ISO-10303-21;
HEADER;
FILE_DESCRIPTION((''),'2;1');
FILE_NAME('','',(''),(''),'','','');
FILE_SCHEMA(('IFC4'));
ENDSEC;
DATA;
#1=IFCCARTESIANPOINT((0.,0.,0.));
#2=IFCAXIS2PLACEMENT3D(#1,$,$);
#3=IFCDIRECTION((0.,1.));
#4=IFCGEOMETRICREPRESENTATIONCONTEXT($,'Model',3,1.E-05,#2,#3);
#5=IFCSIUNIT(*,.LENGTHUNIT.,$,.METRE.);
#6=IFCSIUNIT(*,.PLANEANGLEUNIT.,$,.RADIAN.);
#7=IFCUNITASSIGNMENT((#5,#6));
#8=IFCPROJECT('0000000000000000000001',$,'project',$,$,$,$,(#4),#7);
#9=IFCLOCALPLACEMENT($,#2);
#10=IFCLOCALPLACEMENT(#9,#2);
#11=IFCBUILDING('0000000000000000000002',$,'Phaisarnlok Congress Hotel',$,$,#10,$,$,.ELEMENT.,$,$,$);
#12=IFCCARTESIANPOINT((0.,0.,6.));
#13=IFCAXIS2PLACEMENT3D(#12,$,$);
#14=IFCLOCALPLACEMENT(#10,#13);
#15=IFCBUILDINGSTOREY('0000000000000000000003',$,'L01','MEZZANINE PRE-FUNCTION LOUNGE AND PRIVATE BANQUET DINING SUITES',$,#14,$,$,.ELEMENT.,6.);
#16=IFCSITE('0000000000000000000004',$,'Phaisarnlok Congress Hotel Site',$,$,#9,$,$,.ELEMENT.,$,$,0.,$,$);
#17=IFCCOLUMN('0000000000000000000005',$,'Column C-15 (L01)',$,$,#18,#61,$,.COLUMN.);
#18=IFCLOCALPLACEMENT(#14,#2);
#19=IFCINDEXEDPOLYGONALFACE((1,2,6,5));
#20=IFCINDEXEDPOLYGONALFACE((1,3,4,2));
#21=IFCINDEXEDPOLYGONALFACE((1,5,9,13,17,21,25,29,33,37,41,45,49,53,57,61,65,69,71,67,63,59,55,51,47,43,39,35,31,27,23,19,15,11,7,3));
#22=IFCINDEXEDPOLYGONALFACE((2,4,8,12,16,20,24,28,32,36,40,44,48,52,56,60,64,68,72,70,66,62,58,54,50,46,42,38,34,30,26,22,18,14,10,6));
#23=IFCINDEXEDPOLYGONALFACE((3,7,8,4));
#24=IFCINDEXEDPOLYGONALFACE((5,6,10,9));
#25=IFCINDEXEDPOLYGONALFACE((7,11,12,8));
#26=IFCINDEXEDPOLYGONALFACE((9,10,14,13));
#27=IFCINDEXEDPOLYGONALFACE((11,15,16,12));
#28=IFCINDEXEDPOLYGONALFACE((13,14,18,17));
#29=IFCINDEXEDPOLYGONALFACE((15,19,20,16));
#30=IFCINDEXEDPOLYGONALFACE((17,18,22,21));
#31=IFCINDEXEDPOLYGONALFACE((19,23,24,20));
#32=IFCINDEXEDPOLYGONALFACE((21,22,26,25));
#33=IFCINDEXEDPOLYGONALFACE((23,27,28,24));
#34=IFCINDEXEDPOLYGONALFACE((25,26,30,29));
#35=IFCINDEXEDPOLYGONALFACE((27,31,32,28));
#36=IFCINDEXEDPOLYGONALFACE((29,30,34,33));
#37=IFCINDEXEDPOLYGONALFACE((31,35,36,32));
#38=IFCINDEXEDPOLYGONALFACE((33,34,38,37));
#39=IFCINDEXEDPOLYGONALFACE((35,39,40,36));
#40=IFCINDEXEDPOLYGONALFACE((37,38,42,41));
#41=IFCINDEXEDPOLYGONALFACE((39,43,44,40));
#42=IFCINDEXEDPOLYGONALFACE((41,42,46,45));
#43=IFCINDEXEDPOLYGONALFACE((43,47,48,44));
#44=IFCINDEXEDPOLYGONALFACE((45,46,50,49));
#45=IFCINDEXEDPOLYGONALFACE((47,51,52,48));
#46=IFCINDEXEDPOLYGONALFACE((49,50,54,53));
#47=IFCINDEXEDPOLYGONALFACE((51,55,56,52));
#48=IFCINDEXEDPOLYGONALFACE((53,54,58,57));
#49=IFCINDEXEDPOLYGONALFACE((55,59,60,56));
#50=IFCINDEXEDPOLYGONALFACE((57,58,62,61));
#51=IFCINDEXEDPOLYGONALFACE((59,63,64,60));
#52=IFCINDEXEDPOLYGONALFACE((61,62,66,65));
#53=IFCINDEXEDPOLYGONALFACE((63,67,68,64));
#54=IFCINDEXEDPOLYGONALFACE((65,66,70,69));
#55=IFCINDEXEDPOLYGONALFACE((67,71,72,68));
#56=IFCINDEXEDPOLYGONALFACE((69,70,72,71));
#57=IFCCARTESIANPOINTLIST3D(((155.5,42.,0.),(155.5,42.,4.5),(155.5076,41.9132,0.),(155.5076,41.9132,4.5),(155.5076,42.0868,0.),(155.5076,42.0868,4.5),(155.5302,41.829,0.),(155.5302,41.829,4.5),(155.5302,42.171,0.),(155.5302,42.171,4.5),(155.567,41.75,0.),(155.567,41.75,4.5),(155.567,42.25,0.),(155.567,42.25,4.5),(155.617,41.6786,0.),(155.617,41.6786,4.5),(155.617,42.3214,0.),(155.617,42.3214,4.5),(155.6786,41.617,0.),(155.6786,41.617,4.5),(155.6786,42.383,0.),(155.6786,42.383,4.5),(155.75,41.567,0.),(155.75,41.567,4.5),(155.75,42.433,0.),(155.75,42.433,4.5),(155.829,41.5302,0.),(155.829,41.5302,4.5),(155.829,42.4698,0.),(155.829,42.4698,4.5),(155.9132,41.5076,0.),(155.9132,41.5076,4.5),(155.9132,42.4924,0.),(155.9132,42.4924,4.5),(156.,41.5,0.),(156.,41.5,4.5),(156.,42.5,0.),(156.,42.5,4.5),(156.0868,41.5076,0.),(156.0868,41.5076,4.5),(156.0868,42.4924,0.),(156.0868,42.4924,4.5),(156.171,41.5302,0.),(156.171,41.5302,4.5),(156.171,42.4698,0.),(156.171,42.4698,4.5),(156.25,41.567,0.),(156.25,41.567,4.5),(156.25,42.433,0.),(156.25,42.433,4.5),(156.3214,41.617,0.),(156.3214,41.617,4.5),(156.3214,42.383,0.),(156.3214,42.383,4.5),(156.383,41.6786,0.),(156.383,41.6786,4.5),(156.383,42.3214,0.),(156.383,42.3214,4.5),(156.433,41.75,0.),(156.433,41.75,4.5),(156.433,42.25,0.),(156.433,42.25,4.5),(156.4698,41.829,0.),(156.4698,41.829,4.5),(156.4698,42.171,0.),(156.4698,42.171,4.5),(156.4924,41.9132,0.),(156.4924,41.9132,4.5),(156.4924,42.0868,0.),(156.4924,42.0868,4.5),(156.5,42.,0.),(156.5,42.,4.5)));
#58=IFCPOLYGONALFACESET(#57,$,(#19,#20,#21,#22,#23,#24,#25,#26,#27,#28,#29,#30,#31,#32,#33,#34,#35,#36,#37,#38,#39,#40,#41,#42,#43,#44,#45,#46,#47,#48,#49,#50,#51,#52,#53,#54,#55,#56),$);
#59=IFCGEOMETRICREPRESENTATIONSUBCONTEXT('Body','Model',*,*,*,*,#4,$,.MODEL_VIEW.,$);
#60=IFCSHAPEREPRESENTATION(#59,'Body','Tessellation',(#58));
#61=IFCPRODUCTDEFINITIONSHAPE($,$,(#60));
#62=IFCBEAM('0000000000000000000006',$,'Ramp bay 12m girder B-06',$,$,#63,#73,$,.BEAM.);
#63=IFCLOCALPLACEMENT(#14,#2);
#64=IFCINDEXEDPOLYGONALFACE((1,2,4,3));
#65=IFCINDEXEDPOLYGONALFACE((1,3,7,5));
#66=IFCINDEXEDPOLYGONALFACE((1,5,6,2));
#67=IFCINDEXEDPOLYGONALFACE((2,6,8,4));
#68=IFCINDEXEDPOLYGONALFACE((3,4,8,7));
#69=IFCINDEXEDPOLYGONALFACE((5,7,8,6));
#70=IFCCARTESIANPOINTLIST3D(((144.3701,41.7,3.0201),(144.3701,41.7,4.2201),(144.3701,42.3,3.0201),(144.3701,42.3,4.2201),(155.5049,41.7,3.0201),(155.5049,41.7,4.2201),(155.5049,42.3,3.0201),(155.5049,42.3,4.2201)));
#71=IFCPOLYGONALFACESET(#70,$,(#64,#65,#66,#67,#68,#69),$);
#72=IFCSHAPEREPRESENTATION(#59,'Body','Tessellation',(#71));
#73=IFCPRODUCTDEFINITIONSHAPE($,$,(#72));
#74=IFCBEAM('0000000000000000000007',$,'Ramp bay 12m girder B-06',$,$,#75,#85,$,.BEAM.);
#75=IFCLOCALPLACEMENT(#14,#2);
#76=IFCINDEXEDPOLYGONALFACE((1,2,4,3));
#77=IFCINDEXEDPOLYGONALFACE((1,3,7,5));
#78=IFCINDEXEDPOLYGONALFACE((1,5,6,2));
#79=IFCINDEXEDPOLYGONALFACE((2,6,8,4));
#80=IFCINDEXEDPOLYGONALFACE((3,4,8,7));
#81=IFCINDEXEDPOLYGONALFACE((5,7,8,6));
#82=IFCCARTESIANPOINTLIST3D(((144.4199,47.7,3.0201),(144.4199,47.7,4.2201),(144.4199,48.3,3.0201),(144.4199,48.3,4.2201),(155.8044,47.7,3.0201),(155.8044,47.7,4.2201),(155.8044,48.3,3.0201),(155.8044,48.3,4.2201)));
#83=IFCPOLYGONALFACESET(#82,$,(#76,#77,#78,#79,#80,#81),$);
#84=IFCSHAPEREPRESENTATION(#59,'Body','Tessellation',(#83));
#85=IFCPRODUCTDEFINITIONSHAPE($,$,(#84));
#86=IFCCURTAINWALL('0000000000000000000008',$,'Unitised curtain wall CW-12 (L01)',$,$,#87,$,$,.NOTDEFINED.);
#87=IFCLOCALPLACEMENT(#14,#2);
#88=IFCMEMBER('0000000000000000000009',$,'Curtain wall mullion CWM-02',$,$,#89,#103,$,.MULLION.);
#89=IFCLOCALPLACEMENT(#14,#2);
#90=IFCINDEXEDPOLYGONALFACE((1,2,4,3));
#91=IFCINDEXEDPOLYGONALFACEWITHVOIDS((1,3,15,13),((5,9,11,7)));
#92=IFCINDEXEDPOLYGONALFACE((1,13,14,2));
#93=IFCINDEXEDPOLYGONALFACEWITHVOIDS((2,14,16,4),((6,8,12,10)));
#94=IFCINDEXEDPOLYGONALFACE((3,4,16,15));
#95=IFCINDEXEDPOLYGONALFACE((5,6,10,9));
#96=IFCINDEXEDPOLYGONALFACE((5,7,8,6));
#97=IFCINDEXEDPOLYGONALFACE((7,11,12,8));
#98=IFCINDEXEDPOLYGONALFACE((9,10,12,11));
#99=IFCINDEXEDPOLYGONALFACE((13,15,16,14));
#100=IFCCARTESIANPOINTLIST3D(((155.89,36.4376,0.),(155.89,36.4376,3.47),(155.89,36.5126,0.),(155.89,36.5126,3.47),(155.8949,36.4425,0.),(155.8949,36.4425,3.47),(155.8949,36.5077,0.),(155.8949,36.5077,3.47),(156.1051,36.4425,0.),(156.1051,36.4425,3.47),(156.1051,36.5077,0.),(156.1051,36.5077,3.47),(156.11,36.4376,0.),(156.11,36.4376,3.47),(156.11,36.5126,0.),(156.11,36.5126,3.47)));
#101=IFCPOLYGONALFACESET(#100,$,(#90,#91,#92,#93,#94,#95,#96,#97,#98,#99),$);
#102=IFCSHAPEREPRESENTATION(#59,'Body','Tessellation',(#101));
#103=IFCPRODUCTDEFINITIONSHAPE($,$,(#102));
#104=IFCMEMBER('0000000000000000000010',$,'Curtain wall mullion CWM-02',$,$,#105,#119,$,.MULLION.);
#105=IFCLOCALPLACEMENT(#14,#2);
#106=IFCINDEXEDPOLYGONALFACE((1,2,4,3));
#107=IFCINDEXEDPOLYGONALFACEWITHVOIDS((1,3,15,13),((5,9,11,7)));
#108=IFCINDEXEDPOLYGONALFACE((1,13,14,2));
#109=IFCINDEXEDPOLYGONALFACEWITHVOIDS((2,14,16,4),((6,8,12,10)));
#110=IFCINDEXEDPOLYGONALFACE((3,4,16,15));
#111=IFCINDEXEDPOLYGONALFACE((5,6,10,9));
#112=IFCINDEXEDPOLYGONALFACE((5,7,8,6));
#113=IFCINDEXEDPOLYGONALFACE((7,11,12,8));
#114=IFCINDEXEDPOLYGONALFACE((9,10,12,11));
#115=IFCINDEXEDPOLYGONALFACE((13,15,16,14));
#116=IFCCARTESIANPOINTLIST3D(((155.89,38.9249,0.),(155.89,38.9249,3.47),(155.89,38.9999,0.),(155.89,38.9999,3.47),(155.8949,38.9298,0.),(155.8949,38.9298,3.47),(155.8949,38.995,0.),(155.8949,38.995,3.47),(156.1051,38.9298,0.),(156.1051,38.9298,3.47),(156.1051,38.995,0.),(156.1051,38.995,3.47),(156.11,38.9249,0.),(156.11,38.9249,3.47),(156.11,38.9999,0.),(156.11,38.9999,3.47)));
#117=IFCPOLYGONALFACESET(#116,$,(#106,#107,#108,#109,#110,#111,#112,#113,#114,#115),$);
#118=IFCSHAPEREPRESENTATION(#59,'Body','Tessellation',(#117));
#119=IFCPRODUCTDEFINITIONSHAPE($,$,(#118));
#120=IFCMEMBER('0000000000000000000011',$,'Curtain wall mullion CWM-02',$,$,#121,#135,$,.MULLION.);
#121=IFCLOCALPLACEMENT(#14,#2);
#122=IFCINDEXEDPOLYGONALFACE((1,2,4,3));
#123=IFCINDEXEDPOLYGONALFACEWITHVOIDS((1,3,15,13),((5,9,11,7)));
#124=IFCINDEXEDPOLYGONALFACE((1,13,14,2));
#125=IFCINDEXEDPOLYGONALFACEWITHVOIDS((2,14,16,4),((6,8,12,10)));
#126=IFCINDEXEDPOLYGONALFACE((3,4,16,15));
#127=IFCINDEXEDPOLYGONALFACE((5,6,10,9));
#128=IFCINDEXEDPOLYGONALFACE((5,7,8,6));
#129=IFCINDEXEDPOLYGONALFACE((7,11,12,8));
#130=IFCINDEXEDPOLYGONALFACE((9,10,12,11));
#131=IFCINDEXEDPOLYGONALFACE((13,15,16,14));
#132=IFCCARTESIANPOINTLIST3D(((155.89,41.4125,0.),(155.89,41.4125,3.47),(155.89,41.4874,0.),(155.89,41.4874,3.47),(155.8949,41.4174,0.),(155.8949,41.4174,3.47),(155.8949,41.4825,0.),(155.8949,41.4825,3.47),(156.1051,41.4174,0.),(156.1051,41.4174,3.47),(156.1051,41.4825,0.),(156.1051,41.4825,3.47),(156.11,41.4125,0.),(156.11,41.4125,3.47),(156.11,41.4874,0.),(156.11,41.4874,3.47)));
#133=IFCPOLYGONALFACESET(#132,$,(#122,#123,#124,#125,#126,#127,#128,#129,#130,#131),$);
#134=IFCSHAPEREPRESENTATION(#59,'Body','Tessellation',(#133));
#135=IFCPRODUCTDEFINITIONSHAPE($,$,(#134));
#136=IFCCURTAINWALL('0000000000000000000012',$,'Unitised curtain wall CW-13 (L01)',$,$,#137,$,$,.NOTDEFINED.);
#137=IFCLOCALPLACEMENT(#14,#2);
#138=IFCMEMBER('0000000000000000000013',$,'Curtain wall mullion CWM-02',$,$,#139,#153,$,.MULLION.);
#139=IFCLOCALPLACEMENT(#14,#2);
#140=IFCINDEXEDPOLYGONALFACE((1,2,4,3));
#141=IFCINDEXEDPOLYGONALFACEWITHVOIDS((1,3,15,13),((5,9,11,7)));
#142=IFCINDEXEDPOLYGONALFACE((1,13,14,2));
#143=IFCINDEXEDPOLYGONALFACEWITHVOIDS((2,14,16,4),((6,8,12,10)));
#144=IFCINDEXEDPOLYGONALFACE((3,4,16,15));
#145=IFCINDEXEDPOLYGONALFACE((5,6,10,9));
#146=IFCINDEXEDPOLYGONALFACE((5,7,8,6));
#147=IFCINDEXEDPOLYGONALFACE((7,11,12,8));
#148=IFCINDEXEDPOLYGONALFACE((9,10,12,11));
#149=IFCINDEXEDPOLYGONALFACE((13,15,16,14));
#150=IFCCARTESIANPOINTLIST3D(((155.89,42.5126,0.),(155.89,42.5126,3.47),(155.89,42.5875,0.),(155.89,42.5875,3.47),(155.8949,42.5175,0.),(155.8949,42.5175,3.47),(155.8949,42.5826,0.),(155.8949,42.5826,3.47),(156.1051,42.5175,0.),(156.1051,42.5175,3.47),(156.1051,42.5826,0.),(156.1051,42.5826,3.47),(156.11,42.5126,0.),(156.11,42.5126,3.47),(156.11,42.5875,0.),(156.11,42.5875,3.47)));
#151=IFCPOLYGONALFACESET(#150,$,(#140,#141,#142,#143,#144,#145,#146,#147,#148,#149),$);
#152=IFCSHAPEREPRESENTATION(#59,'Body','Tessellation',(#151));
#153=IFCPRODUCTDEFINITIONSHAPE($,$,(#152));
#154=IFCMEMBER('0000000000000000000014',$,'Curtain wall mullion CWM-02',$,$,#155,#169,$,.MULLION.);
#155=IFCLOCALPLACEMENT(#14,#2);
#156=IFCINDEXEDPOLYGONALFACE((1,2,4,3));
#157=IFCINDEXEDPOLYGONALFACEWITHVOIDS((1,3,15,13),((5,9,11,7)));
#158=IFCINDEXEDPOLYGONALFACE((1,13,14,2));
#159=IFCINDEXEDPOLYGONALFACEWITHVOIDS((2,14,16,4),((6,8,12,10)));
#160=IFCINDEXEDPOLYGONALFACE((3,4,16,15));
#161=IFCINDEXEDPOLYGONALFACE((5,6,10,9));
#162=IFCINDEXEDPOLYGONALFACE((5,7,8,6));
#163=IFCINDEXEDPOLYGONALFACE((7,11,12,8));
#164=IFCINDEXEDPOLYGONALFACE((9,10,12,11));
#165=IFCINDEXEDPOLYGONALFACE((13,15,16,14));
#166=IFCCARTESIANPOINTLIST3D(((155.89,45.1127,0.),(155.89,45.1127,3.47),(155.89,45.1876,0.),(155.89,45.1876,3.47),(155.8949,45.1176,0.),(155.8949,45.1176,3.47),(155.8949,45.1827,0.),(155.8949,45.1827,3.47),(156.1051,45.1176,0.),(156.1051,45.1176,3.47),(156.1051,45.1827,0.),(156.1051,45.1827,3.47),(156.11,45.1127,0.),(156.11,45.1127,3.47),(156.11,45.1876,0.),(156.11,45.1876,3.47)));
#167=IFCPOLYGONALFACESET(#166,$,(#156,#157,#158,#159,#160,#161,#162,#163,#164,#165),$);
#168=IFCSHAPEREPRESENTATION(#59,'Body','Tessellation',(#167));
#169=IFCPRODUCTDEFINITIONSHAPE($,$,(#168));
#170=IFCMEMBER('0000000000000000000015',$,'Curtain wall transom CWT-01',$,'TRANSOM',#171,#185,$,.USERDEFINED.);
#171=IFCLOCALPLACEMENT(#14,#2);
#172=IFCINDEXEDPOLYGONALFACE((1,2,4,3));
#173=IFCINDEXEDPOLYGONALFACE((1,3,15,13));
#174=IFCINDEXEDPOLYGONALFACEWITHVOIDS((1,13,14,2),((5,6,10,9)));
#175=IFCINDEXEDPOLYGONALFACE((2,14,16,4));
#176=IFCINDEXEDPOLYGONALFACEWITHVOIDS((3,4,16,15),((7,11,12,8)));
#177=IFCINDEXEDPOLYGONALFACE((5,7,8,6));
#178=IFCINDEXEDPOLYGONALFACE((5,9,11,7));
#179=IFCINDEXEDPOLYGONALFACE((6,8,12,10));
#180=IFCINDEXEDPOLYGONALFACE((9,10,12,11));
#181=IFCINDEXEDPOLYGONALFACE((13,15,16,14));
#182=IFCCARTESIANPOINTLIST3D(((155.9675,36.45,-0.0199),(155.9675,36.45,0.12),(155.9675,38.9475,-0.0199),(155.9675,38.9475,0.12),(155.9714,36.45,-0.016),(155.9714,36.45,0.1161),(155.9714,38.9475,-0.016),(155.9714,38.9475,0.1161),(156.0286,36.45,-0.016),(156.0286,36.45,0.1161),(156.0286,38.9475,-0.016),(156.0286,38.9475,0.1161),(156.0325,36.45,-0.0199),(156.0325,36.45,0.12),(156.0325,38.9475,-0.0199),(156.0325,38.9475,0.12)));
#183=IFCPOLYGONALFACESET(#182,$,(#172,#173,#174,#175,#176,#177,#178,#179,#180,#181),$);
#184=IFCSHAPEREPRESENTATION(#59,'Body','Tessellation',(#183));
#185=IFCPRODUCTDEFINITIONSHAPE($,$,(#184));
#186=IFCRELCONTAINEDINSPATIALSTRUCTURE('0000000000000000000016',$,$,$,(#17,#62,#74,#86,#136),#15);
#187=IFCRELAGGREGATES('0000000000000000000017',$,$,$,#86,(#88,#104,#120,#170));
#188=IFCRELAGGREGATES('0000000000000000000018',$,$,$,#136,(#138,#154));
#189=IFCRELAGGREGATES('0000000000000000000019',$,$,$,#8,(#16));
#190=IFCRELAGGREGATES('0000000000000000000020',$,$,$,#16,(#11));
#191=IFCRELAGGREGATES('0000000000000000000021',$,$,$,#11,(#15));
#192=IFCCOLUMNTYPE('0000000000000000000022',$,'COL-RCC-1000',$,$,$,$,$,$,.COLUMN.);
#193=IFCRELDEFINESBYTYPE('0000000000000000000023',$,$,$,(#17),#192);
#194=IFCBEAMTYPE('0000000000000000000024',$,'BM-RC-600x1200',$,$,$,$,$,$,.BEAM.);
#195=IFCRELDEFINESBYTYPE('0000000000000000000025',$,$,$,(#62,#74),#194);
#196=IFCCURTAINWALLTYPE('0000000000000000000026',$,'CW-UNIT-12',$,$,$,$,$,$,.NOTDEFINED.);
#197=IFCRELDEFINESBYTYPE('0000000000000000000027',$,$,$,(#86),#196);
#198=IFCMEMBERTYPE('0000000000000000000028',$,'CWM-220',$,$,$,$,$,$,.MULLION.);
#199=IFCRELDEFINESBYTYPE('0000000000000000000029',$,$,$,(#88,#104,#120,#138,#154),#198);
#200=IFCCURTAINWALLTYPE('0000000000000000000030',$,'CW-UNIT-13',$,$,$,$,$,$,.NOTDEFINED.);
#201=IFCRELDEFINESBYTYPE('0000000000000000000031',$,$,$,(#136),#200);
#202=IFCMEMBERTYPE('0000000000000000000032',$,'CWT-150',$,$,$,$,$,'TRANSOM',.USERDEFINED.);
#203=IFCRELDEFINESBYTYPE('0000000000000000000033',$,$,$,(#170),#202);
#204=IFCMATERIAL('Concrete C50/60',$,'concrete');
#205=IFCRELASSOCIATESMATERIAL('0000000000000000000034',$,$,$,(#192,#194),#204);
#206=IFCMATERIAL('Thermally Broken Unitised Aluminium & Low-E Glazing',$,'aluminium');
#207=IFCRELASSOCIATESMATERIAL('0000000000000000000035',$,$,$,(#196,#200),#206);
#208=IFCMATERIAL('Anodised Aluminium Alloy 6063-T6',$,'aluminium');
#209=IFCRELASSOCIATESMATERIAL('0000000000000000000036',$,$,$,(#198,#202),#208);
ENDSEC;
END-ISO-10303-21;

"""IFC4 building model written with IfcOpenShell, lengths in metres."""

from ifc_helpers import new_model, si_unit, direction, frame, origin, origin_2d, place, context, subcontext, project, spatial, rectangle, hollow_rectangle, circle, extrude, material, material_profile, profile_set, type_object, element, aggregate, save


model = new_model("IFC4")

# Units and contexts
model_context = context("Model", 3, precision=1e-05, world=origin(), true_north=direction((0.0, 1.0)))
body_context = subcontext(model_context, "Body", "Model", "MODEL_VIEW")
ifc_project = project(units=[si_unit("LENGTHUNIT", "METRE"), si_unit("PLANEANGLEUNIT", "RADIAN")], contexts=[model_context])

# Site, building, storey
site_placement = place(None, origin())
site = spatial("IfcSite", under=ifc_project, at=site_placement, Name="Phaisarnlok Congress Hotel Site", CompositionType="ELEMENT", RefElevation=0.0)
building_placement = place(site_placement, origin())
building = spatial("IfcBuilding", under=site, at=building_placement, Name="Phaisarnlok Congress Hotel", CompositionType="ELEMENT")
storey_placement = place(building_placement, frame((0.0, 0.0, 6.0)))
storey = spatial("IfcBuildingStorey", under=building, at=storey_placement, Name="L01", Description="MEZZANINE PRE-FUNCTION LOUNGE AND PRIVATE BANQUET DINING SUITES", CompositionType="ELEMENT", Elevation=6.0)

# Column
ifc_material_1 = material(Name="Concrete C50/60", Category="concrete")
ifc_material_profile_1 = material_profile(ifc_material_1, circle(Radius=0.5, at=origin_2d()), Name="RCC D1000")
ifc_profile_set_1 = profile_set([ifc_material_profile_1], Name="Concrete C50/60")
column_type = type_object("IfcColumnType", Name="COL-RCC-1000", PredefinedType="COLUMN", material=ifc_profile_set_1)
column_placement = place(storey_placement, frame((156.0, 42.0, 0.0), z_axis=(0.0, 0.0, 1.0), x_axis=(1.0, 0.0, 0.0)))
element("IfcColumn", 1, at=column_placement, inside=storey, type_object=column_type, Name="Column C-15 (L01)", PredefinedType="COLUMN", context=body_context, shape_type="SweptSolid", body=[
    extrude(circle(Radius=0.5, at=origin_2d()), origin(), (0.0, 0.0, 1.0), 4.5),
])

# Beams
ifc_material_profile_2 = material_profile(ifc_material_1, rectangle(XDim=0.6001, YDim=1.2, at=origin_2d()), Name="RC 600x1200")
ifc_profile_set_2 = profile_set([ifc_material_profile_2], Name="Concrete C50/60")
beam_type_1 = type_object("IfcBeamType", Name="BM-RC-600x1200", PredefinedType="BEAM", material=ifc_profile_set_2)
beam_1_placement = place(storey_placement, frame((144.3701, 42.0, 3.6201), z_axis=(1.0, 0.0, 0.0), x_axis=(0.0, 1.0, 0.0)))
element("IfcBeam", 2, at=beam_1_placement, inside=storey, type_object=beam_type_1, Name="Ramp bay 12m girder B-06", PredefinedType="BEAM", context=body_context, shape_type="SweptSolid", body=[
    extrude(rectangle(XDim=0.6001, YDim=1.2, at=origin_2d()), origin(), (0.0, 0.0, 1.0), 11.1348),
])
beam_2_placement = place(storey_placement, frame((144.4199, 48.0, 3.6201), z_axis=(1.0, 0.0, 0.0), x_axis=(0.0, 1.0, 0.0)))
element("IfcBeam", 3, at=beam_2_placement, inside=storey, type_object=beam_type_1, Name="Ramp bay 12m girder B-06", PredefinedType="BEAM", context=body_context, shape_type="SweptSolid", body=[
    extrude(rectangle(XDim=0.6001, YDim=1.2, at=origin_2d()), origin(), (0.0, 0.0, 1.0), 11.3845),
])

# Curtain walls, members
ifc_material_2 = material(Name="Thermally Broken Unitised Aluminium & Low-E Glazing", Category="aluminium")
curtain_wall_type_1 = type_object("IfcCurtainWallType", Name="CW-UNIT-12", PredefinedType="NOTDEFINED", material=ifc_material_2)
curtain_wall_1_placement = place(storey_placement, origin())
curtain_wall_1 = element("IfcCurtainWall", 4, at=curtain_wall_1_placement, inside=storey, type_object=curtain_wall_type_1, Name="Unitised curtain wall CW-12 (L01)", PredefinedType="NOTDEFINED")
ifc_material_3 = material(Name="Anodised Aluminium Alloy 6063-T6", Category="aluminium")
ifc_material_profile_3 = material_profile(ifc_material_3, hollow_rectangle(XDim=0.075, YDim=0.22, WallThickness=0.0049, at=origin_2d()), Name="ALU-M 75x220x5")
ifc_profile_set_3 = profile_set([ifc_material_profile_3], Name="Anodised Aluminium Alloy 6063-T6")
member_type_1 = type_object("IfcMemberType", Name="CWM-220", PredefinedType="MULLION", material=ifc_profile_set_3)
member_1_placement = place(storey_placement, frame((156.0, 36.4751, 0.0), z_axis=(0.0, 0.0, 1.0), x_axis=(0.0, 1.0, 0.0)))
member_1 = element("IfcMember", 5, at=member_1_placement, type_object=member_type_1, Name="Curtain wall mullion CWM-02", PredefinedType="MULLION", context=body_context, shape_type="SweptSolid", body=[
    extrude(hollow_rectangle(XDim=0.075, YDim=0.22, WallThickness=0.0049, at=origin_2d()), origin(), (0.0, 0.0, 1.0), 3.47),
])
member_2_placement = place(storey_placement, frame((156.0, 38.9624, 0.0), z_axis=(0.0, 0.0, 1.0), x_axis=(0.0, 1.0, 0.0)))
member_2 = element("IfcMember", 6, at=member_2_placement, type_object=member_type_1, Name="Curtain wall mullion CWM-02", PredefinedType="MULLION", context=body_context, shape_type="SweptSolid", body=[
    extrude(hollow_rectangle(XDim=0.075, YDim=0.22, WallThickness=0.0049, at=origin_2d()), origin(), (0.0, 0.0, 1.0), 3.47),
])
member_3_placement = place(storey_placement, frame((156.0, 41.45, 0.0), z_axis=(0.0, 0.0, 1.0), x_axis=(0.0, 1.0, 0.0)))
member_3 = element("IfcMember", 7, at=member_3_placement, type_object=member_type_1, Name="Curtain wall mullion CWM-02", PredefinedType="MULLION", context=body_context, shape_type="SweptSolid", body=[
    extrude(hollow_rectangle(XDim=0.075, YDim=0.22, WallThickness=0.0049, at=origin_2d()), origin(), (0.0, 0.0, 1.0), 3.47),
])
curtain_wall_type_2 = type_object("IfcCurtainWallType", Name="CW-UNIT-13", PredefinedType="NOTDEFINED", material=ifc_material_2)
curtain_wall_2_placement = place(storey_placement, origin())
curtain_wall_2 = element("IfcCurtainWall", 8, at=curtain_wall_2_placement, inside=storey, type_object=curtain_wall_type_2, Name="Unitised curtain wall CW-13 (L01)", PredefinedType="NOTDEFINED")
member_4_placement = place(storey_placement, frame((156.0, 42.55, 0.0), z_axis=(0.0, 0.0, 1.0), x_axis=(0.0, 1.0, 0.0)))
member_4 = element("IfcMember", 9, at=member_4_placement, type_object=member_type_1, Name="Curtain wall mullion CWM-02", PredefinedType="MULLION", context=body_context, shape_type="SweptSolid", body=[
    extrude(hollow_rectangle(XDim=0.075, YDim=0.22, WallThickness=0.0049, at=origin_2d()), origin(), (0.0, 0.0, 1.0), 3.47),
])
member_5_placement = place(storey_placement, frame((156.0, 45.1501, 0.0), z_axis=(0.0, 0.0, 1.0), x_axis=(0.0, 1.0, 0.0)))
member_5 = element("IfcMember", 10, at=member_5_placement, type_object=member_type_1, Name="Curtain wall mullion CWM-02", PredefinedType="MULLION", context=body_context, shape_type="SweptSolid", body=[
    extrude(hollow_rectangle(XDim=0.075, YDim=0.22, WallThickness=0.0049, at=origin_2d()), origin(), (0.0, 0.0, 1.0), 3.47),
])

# Member
ifc_material_profile_4 = material_profile(ifc_material_3, hollow_rectangle(XDim=0.0649, YDim=0.1399, WallThickness=0.0039, at=origin_2d()), Name="ALU-T 65x140x4")
ifc_profile_set_4 = profile_set([ifc_material_profile_4], Name="Anodised Aluminium Alloy 6063-T6")
member_type_2 = type_object("IfcMemberType", Name="CWT-150", ElementType="TRANSOM", PredefinedType="USERDEFINED", material=ifc_profile_set_4)
member_6_placement = place(storey_placement, frame((156.0, 36.45, 0.05), z_axis=(0.0, 1.0, 0.0), x_axis=(-1.0, 0.0, 0.0)))
member_6 = element("IfcMember", 11, at=member_6_placement, type_object=member_type_2, Name="Curtain wall transom CWT-01", ObjectType="TRANSOM", PredefinedType="USERDEFINED", context=body_context, shape_type="SweptSolid", body=[
    extrude(hollow_rectangle(XDim=0.0649, YDim=0.1399, WallThickness=0.0039, at=origin_2d()), origin(), (0.0, 0.0, 1.0), 2.4976),
])

aggregate(curtain_wall_1, [member_1, member_2, member_3, member_6])
aggregate(curtain_wall_2, [member_4, member_5])

save(model, "model.ifc")
